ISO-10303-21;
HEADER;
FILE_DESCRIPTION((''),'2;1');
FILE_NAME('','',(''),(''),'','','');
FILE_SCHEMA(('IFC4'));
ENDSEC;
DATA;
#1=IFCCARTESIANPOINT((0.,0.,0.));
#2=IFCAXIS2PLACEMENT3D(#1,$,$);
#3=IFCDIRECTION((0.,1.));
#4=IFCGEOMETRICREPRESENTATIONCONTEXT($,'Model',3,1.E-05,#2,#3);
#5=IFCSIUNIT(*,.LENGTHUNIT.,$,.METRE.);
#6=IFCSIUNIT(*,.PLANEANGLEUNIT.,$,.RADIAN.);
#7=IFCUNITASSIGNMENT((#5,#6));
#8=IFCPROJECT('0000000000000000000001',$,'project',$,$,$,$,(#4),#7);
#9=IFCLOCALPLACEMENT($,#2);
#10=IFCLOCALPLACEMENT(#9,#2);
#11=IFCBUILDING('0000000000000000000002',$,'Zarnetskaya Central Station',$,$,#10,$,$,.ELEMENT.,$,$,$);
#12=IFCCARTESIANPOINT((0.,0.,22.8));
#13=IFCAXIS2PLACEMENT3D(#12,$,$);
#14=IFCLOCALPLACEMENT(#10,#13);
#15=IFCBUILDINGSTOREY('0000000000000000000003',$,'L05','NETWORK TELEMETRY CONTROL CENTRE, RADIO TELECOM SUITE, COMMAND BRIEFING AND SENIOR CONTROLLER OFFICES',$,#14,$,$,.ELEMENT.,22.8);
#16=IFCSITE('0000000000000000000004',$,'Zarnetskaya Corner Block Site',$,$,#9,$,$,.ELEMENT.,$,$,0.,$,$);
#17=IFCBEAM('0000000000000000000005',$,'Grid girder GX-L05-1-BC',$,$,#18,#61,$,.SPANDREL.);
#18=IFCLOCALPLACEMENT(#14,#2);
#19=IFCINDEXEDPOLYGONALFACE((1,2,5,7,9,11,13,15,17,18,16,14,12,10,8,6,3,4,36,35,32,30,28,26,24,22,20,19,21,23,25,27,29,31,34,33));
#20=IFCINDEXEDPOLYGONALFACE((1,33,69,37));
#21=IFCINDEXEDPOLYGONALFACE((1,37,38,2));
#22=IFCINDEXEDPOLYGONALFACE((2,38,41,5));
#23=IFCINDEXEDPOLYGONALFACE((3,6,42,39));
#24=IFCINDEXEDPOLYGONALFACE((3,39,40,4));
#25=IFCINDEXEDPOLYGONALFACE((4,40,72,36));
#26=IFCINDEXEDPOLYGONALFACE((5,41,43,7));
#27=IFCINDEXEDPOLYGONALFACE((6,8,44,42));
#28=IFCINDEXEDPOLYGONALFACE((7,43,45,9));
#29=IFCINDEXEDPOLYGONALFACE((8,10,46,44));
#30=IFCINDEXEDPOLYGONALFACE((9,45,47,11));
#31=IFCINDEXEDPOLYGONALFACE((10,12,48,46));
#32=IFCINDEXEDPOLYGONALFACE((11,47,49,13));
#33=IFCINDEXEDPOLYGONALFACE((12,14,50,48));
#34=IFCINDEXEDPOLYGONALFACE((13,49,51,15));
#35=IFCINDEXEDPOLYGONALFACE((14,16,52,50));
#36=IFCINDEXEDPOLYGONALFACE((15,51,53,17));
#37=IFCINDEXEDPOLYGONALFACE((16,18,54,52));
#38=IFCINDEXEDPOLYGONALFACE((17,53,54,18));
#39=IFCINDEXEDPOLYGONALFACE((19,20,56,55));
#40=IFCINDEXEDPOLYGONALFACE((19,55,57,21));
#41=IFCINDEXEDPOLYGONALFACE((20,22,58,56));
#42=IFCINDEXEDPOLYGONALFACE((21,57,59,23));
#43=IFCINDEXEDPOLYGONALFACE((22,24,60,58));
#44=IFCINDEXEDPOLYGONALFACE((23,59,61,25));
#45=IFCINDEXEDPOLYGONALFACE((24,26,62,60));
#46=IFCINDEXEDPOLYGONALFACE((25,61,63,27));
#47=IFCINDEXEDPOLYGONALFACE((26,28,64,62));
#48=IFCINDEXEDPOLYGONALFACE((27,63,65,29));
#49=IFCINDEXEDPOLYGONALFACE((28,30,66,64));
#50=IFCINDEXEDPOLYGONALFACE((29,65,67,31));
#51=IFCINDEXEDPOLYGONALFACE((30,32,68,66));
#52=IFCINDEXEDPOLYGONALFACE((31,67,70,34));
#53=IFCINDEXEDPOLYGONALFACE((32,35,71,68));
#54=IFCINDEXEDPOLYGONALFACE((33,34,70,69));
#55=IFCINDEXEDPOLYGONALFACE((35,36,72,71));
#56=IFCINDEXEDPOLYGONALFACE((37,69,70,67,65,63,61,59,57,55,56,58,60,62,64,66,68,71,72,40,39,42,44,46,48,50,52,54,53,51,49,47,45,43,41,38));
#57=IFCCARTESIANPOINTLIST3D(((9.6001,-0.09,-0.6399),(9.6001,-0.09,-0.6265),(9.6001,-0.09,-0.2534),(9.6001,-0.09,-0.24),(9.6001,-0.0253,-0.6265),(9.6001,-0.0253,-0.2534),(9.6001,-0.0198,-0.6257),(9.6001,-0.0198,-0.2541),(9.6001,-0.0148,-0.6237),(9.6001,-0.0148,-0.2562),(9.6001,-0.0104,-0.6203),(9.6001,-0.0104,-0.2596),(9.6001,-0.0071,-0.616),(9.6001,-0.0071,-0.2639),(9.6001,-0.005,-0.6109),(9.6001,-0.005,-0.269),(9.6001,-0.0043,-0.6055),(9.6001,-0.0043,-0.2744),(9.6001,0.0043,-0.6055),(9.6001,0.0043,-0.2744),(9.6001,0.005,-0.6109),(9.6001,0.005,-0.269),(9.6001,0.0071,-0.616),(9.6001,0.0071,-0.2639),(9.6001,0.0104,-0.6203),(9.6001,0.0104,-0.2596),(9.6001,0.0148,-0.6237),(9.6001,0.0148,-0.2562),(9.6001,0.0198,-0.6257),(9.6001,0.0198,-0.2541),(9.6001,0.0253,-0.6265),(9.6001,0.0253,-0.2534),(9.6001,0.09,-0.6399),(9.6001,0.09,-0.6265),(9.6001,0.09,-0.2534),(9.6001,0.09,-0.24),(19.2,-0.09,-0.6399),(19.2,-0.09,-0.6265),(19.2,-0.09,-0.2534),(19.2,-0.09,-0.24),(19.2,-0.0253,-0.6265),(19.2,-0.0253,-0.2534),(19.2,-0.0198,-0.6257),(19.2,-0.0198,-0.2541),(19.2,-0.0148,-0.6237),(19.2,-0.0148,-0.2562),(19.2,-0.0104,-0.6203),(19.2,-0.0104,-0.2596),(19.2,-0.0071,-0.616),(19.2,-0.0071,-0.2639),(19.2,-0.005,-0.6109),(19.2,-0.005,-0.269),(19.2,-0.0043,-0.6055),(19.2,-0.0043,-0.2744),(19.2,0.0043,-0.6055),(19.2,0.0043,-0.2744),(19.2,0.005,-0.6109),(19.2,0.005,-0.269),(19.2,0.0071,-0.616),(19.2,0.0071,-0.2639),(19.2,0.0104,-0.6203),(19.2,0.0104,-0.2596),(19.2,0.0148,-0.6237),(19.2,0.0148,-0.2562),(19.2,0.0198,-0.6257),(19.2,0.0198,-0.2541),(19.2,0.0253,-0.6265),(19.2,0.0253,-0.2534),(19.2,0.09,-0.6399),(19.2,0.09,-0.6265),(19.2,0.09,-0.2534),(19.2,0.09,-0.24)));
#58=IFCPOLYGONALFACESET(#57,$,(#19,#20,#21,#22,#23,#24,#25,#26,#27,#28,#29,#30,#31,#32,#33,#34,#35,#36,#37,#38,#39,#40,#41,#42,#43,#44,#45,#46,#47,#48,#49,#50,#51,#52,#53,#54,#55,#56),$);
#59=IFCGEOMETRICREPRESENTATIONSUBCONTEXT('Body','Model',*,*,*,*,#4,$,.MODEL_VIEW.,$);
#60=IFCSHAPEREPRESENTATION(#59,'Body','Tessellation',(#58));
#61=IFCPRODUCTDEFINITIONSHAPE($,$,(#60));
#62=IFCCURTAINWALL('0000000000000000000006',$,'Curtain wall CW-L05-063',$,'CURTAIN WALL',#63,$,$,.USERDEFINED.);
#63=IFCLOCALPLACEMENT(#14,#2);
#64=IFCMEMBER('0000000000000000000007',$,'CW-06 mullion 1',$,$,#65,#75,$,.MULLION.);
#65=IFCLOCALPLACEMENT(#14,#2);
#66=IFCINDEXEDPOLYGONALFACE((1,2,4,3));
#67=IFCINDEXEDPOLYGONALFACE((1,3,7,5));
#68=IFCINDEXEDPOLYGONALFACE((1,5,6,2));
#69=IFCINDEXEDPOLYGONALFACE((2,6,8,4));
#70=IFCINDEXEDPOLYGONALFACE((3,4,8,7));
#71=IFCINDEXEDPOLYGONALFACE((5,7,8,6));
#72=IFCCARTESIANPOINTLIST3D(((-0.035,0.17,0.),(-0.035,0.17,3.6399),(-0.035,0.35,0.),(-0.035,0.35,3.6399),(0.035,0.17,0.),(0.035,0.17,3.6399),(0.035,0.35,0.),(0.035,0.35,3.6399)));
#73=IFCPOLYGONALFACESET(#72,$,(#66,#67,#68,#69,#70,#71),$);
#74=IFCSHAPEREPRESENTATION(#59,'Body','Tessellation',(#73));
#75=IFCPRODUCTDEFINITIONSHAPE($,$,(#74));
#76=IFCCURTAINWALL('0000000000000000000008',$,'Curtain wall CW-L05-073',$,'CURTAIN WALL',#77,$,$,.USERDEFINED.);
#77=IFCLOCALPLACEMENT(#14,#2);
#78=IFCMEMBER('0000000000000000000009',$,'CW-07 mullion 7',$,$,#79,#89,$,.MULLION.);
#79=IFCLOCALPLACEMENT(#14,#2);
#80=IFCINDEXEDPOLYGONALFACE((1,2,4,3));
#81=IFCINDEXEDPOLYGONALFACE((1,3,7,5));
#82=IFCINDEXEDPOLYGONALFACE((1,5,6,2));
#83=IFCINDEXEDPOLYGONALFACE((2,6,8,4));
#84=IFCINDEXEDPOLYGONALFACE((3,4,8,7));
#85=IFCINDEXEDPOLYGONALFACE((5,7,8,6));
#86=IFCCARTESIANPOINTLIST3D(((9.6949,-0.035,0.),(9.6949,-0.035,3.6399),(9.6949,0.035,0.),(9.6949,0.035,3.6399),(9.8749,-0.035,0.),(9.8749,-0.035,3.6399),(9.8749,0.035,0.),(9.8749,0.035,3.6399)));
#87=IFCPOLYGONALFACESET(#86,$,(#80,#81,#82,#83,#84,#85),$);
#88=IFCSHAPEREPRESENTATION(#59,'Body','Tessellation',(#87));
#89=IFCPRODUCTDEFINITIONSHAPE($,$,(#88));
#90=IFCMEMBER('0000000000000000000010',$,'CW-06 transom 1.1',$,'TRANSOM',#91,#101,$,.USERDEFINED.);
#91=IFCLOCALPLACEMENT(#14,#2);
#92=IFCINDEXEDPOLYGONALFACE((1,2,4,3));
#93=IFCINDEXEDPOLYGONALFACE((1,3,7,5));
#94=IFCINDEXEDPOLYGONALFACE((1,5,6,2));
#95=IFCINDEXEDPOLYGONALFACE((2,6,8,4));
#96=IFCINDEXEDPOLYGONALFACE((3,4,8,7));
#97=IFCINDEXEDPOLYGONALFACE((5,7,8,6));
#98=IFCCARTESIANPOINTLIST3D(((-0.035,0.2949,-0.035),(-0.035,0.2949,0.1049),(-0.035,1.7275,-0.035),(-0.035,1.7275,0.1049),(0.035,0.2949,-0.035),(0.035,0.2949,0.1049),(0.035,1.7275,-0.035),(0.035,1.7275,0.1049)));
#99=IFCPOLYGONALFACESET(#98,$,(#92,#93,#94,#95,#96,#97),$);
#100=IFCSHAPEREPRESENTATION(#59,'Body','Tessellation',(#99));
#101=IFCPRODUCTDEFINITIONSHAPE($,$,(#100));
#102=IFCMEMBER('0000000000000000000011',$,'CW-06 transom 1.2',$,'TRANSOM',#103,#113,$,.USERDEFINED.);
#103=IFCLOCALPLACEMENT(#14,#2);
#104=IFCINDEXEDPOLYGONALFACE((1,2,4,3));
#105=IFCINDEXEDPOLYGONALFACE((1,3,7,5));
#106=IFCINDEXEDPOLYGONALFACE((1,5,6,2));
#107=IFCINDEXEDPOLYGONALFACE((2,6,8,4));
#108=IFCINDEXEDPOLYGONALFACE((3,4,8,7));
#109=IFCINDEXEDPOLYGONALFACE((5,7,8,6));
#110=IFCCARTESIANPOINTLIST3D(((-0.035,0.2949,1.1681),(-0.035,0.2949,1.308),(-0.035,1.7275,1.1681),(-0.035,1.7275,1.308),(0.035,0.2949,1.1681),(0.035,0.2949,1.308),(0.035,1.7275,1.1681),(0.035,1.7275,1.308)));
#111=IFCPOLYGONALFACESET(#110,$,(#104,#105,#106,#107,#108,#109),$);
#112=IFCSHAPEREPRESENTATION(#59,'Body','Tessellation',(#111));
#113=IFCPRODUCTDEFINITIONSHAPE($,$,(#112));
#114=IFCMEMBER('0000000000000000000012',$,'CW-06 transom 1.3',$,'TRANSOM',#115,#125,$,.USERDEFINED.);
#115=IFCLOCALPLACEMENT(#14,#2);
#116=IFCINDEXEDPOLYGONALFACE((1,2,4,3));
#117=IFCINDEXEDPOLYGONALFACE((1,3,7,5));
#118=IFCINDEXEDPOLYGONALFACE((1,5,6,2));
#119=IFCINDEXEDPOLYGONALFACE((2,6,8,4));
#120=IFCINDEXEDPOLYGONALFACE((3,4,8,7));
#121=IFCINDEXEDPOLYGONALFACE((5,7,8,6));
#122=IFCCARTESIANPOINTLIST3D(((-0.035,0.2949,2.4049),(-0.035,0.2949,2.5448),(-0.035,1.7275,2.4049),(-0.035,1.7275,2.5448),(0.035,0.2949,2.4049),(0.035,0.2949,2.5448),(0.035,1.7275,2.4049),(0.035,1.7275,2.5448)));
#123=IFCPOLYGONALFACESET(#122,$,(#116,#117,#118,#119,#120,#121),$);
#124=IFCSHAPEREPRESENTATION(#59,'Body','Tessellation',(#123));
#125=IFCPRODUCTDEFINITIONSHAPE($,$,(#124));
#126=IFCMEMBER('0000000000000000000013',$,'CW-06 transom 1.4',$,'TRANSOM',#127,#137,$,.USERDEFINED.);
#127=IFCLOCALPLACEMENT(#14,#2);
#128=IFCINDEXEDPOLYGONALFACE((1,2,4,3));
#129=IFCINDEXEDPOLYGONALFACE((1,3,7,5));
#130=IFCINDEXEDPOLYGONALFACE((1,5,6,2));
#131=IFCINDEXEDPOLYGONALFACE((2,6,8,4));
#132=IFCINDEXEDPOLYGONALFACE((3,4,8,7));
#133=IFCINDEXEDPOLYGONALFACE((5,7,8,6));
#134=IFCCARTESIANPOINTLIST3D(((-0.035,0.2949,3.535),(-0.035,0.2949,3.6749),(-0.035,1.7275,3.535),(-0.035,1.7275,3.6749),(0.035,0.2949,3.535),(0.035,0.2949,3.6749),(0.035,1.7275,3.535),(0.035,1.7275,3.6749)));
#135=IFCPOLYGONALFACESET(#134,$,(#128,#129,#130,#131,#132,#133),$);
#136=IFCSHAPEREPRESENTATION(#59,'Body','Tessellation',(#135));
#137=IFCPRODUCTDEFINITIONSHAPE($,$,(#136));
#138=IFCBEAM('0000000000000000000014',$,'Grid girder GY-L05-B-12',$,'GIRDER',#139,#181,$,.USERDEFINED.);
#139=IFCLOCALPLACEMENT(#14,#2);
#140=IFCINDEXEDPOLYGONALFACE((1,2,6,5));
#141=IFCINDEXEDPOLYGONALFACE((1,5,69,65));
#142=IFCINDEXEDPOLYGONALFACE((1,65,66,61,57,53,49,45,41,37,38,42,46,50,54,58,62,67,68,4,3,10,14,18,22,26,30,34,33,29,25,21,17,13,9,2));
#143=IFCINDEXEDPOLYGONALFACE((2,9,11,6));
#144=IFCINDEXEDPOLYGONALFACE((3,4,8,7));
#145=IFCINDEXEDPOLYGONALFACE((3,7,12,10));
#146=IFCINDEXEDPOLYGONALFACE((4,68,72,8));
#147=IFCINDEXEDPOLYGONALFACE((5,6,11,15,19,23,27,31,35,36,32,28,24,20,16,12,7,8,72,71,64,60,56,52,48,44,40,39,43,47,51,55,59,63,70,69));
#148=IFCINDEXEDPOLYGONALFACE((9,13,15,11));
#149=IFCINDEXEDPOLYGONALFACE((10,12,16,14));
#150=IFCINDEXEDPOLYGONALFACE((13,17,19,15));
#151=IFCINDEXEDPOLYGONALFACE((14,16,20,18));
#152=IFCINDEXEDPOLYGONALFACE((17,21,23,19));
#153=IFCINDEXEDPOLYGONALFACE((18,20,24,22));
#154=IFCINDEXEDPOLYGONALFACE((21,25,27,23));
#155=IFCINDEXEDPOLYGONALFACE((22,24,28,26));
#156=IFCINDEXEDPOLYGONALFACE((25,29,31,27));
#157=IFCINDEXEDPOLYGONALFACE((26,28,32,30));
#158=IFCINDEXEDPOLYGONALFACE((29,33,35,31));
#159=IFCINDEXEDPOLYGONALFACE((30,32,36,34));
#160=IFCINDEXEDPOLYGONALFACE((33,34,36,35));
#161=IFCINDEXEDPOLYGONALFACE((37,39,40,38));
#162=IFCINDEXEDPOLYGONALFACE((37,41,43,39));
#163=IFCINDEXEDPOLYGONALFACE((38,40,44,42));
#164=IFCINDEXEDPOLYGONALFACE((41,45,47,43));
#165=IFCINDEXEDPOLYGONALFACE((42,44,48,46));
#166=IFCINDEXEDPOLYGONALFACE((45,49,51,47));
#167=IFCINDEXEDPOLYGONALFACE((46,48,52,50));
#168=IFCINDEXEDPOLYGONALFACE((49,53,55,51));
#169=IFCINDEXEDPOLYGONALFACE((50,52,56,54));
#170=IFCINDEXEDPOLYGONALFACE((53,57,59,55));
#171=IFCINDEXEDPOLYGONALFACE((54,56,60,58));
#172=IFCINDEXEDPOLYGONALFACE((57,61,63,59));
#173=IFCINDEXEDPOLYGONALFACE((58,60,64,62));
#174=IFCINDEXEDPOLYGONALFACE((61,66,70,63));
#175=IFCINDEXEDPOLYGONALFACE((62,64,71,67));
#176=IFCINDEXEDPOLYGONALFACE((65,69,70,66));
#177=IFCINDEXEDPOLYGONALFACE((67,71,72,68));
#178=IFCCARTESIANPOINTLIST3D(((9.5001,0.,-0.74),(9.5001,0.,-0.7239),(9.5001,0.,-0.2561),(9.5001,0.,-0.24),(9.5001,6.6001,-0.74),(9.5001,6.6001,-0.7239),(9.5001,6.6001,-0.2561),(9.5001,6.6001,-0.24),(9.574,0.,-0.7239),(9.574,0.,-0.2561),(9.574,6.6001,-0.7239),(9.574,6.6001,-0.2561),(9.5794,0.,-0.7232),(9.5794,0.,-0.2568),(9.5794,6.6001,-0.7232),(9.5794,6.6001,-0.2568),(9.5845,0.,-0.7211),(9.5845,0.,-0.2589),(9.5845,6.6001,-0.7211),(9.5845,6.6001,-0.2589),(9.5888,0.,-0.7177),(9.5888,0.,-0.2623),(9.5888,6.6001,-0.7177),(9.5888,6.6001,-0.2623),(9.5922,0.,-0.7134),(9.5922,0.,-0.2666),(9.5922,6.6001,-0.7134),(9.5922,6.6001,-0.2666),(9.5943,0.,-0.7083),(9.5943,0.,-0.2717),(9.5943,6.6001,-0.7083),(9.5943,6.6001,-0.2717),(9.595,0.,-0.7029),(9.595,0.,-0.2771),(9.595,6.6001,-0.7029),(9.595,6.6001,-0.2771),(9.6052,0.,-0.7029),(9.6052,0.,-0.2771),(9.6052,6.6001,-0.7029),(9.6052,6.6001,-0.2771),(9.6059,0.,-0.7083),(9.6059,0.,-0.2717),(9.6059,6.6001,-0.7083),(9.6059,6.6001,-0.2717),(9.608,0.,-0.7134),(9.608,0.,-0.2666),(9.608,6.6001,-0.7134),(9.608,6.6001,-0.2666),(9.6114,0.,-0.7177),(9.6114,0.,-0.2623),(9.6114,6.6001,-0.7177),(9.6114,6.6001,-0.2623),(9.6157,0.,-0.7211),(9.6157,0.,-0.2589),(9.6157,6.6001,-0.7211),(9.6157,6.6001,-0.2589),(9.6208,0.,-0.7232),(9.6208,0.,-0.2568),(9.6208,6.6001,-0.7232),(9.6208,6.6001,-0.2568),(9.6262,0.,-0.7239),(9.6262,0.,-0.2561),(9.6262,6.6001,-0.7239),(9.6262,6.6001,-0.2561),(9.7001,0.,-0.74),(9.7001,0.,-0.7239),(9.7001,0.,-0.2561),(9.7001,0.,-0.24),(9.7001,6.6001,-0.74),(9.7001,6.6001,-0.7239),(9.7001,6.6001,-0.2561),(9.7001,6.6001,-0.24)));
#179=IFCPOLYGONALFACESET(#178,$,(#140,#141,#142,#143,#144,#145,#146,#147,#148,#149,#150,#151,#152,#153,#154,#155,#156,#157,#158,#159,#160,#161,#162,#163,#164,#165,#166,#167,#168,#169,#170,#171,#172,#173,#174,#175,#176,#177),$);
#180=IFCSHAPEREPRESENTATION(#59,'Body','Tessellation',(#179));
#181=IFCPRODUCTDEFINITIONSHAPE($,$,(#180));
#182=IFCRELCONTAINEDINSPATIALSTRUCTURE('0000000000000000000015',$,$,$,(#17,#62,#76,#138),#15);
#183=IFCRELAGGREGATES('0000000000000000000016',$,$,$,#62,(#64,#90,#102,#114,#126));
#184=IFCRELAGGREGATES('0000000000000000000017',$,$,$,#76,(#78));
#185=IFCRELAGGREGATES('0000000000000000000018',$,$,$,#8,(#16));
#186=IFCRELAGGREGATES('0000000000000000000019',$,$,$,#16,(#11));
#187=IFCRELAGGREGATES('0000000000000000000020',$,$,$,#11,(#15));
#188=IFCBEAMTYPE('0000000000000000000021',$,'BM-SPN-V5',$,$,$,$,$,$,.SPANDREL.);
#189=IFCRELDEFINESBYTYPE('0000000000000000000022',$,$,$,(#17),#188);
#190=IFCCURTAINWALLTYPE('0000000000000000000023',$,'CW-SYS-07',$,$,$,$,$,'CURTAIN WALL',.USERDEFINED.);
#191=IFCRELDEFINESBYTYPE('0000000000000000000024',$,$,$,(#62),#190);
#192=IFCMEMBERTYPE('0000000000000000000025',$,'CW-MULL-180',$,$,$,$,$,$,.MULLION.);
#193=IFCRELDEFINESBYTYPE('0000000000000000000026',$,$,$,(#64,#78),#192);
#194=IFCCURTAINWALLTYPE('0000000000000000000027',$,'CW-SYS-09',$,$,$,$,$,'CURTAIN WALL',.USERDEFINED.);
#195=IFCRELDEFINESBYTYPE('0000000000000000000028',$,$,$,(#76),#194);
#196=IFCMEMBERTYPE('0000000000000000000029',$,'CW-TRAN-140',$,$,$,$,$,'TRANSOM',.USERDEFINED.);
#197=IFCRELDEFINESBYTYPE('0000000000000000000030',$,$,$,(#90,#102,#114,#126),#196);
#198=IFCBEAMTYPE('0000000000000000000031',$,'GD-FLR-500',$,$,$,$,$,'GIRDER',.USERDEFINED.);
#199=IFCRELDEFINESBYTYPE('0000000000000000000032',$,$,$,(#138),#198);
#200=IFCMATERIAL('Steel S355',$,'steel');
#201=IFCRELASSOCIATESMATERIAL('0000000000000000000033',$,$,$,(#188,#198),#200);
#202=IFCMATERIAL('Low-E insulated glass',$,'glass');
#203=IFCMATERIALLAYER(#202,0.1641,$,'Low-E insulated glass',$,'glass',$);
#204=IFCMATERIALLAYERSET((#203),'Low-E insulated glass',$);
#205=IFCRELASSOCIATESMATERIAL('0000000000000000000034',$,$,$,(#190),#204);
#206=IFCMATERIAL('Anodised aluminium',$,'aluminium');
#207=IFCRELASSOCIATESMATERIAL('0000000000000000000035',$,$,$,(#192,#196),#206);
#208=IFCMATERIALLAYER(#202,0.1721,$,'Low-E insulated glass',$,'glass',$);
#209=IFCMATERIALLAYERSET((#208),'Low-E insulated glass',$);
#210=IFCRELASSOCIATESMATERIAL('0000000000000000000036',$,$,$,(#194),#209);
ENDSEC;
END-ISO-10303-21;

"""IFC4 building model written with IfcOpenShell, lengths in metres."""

from ifc_helpers import new_model, si_unit, direction, frame, origin, origin_2d, place, context, subcontext, project, spatial, rectangle, i_section, extrude, material, layer, layer_set, material_profile, profile_set, type_object, element, aggregate, save


model = new_model("IFC4")

# Units and contexts
model_context = context("Model", 3, precision=1e-05, world=origin(), true_north=direction((0.0, 1.0)))
body_context = subcontext(model_context, "Body", "Model", "MODEL_VIEW")
ifc_project = project(units=[si_unit("LENGTHUNIT", "METRE"), si_unit("PLANEANGLEUNIT", "RADIAN")], contexts=[model_context])

# Site, building, storey
site_placement = place(None, origin())
site = spatial("IfcSite", under=ifc_project, at=site_placement, Name="Zarnetskaya Corner Block Site", CompositionType="ELEMENT", RefElevation=0.0)
building_placement = place(site_placement, origin())
building = spatial("IfcBuilding", under=site, at=building_placement, Name="Zarnetskaya Central Station", CompositionType="ELEMENT")
storey_placement = place(building_placement, frame((0.0, 0.0, 22.8)))
storey = spatial("IfcBuildingStorey", under=building, at=storey_placement, Name="L05", Description="NETWORK TELEMETRY CONTROL CENTRE, RADIO TELECOM SUITE, COMMAND BRIEFING AND SENIOR CONTROLLER OFFICES", CompositionType="ELEMENT", Elevation=22.8)

# Shared definitions
ifc_material_1 = material(Name="Steel S355", Category="steel")

# Beam
ifc_material_profile_1 = material_profile(ifc_material_1, i_section(OverallWidth=0.1799, OverallDepth=0.3999, WebThickness=0.0085, FlangeThickness=0.0134, FilletRadius=0.021, at=origin_2d()), Name="IPE 400")
ifc_profile_set_1 = profile_set([ifc_material_profile_1], Name="Steel S355")
beam_type_1 = type_object("IfcBeamType", Name="BM-SPN-V5", PredefinedType="SPANDREL", material=ifc_profile_set_1)
beam_1_placement = place(storey_placement, frame((9.6001, 0.0, -0.4399), z_axis=(1.0, 0.0, 0.0), x_axis=(0.0, 1.0, 0.0)))
element("IfcBeam", 1, at=beam_1_placement, inside=storey, type_object=beam_type_1, Name="Grid girder GX-L05-1-BC", PredefinedType="SPANDREL", context=body_context, shape_type="SweptSolid", body=[
    extrude(i_section(OverallWidth=0.1799, OverallDepth=0.3999, WebThickness=0.0085, FlangeThickness=0.0134, FilletRadius=0.021, at=origin_2d()), origin(), (0.0, 0.0, 1.0), 9.5999),
])

# Curtain walls, members
ifc_material_2 = material(Name="Low-E insulated glass", Category="glass")
ifc_layer_1 = layer(ifc_material_2, 0.1641, Name="Low-E insulated glass", Category="glass")
ifc_layer_set_1 = layer_set([ifc_layer_1], Name="Low-E insulated glass")
curtain_wall_type_1 = type_object("IfcCurtainWallType", Name="CW-SYS-07", ElementType="CURTAIN WALL", PredefinedType="USERDEFINED", material=ifc_layer_set_1)
curtain_wall_1_placement = place(storey_placement, origin())
curtain_wall_1 = element("IfcCurtainWall", 2, at=curtain_wall_1_placement, inside=storey, type_object=curtain_wall_type_1, Name="Curtain wall CW-L05-063", ObjectType="CURTAIN WALL", PredefinedType="USERDEFINED")
ifc_material_3 = material(Name="Anodised aluminium", Category="aluminium")
ifc_material_profile_2 = material_profile(ifc_material_3, rectangle(XDim=0.0701, YDim=0.1799, at=origin_2d()), Name="ALU MULL 70x180")
ifc_profile_set_2 = profile_set([ifc_material_profile_2], Name="Anodised aluminium")
member_type_1 = type_object("IfcMemberType", Name="CW-MULL-180", PredefinedType="MULLION", material=ifc_profile_set_2)
member_1_placement = place(storey_placement, frame((0.0, 0.26, 0.0), z_axis=(0.0, 0.0, 1.0), x_axis=(-1.0, 0.0, 0.0)))
member_1 = element("IfcMember", 3, at=member_1_placement, type_object=member_type_1, Name="CW-06 mullion 1", PredefinedType="MULLION", context=body_context, shape_type="SweptSolid", body=[
    extrude(rectangle(XDim=0.0701, YDim=0.1799, at=origin_2d()), origin(), (0.0, 0.0, 1.0), 3.6399),
])
ifc_layer_2 = layer(ifc_material_2, 0.1721, Name="Low-E insulated glass", Category="glass")
ifc_layer_set_2 = layer_set([ifc_layer_2], Name="Low-E insulated glass")
curtain_wall_type_2 = type_object("IfcCurtainWallType", Name="CW-SYS-09", ElementType="CURTAIN WALL", PredefinedType="USERDEFINED", material=ifc_layer_set_2)
curtain_wall_2_placement = place(storey_placement, origin())
curtain_wall_2 = element("IfcCurtainWall", 4, at=curtain_wall_2_placement, inside=storey, type_object=curtain_wall_type_2, Name="Curtain wall CW-L05-073", ObjectType="CURTAIN WALL", PredefinedType="USERDEFINED")
member_2_placement = place(storey_placement, frame((9.7849, 0.0, 0.0), z_axis=(0.0, 0.0, 1.0), x_axis=(0.0, -1.0, 0.0)))
member_2 = element("IfcMember", 5, at=member_2_placement, type_object=member_type_1, Name="CW-07 mullion 7", PredefinedType="MULLION", context=body_context, shape_type="SweptSolid", body=[
    extrude(rectangle(XDim=0.0701, YDim=0.1799, at=origin_2d()), origin(), (0.0, 0.0, 1.0), 3.6399),
])

# Members
ifc_material_profile_3 = material_profile(ifc_material_3, rectangle(XDim=0.0701, YDim=0.1399, at=origin_2d()), Name="ALU TRAN 70x140")
ifc_profile_set_3 = profile_set([ifc_material_profile_3], Name="Anodised aluminium")
member_type_2 = type_object("IfcMemberType", Name="CW-TRAN-140", ElementType="TRANSOM", PredefinedType="USERDEFINED", material=ifc_profile_set_3)
member_3_placement = place(storey_placement, frame((0.0, 0.2949, 0.0349), z_axis=(0.0, 1.0, 0.0), x_axis=(-1.0, 0.0, 0.0)))
member_3 = element("IfcMember", 6, at=member_3_placement, type_object=member_type_2, Name="CW-06 transom 1.1", ObjectType="TRANSOM", PredefinedType="USERDEFINED", context=body_context, shape_type="SweptSolid", body=[
    extrude(rectangle(XDim=0.0701, YDim=0.1399, at=origin_2d()), origin(), (0.0, 0.0, 1.0), 1.4326),
])
member_4_placement = place(storey_placement, frame((0.0, 0.2949, 1.238), z_axis=(0.0, 1.0, 0.0), x_axis=(-1.0, 0.0, 0.0)))
member_4 = element("IfcMember", 7, at=member_4_placement, type_object=member_type_2, Name="CW-06 transom 1.2", ObjectType="TRANSOM", PredefinedType="USERDEFINED", context=body_context, shape_type="SweptSolid", body=[
    extrude(rectangle(XDim=0.0701, YDim=0.1399, at=origin_2d()), origin(), (0.0, 0.0, 1.0), 1.4326),
])
member_5_placement = place(storey_placement, frame((0.0, 0.2949, 2.4749), z_axis=(0.0, 1.0, 0.0), x_axis=(-1.0, 0.0, 0.0)))
member_5 = element("IfcMember", 8, at=member_5_placement, type_object=member_type_2, Name="CW-06 transom 1.3", ObjectType="TRANSOM", PredefinedType="USERDEFINED", context=body_context, shape_type="SweptSolid", body=[
    extrude(rectangle(XDim=0.0701, YDim=0.1399, at=origin_2d()), origin(), (0.0, 0.0, 1.0), 1.4326),
])
member_6_placement = place(storey_placement, frame((0.0, 0.2949, 3.605), z_axis=(0.0, 1.0, 0.0), x_axis=(-1.0, 0.0, 0.0)))
member_6 = element("IfcMember", 9, at=member_6_placement, type_object=member_type_2, Name="CW-06 transom 1.4", ObjectType="TRANSOM", PredefinedType="USERDEFINED", context=body_context, shape_type="SweptSolid", body=[
    extrude(rectangle(XDim=0.0701, YDim=0.1399, at=origin_2d()), origin(), (0.0, 0.0, 1.0), 1.4326),
])
aggregate(curtain_wall_1, [member_1, member_3, member_4, member_5, member_6])

# Beam
ifc_material_profile_4 = material_profile(ifc_material_1, i_section(OverallWidth=0.2, OverallDepth=0.5, WebThickness=0.0103, FlangeThickness=0.0161, FilletRadius=0.021, at=origin_2d()), Name="IPE 500")
ifc_profile_set_4 = profile_set([ifc_material_profile_4], Name="Steel S355")
beam_type_2 = type_object("IfcBeamType", Name="GD-FLR-500", ElementType="GIRDER", PredefinedType="USERDEFINED", material=ifc_profile_set_4)
beam_2_placement = place(storey_placement, frame((9.6001, 0.0, -0.49), z_axis=(0.0, 1.0, 0.0), x_axis=(-1.0, 0.0, 0.0)))
element("IfcBeam", 10, at=beam_2_placement, inside=storey, type_object=beam_type_2, Name="Grid girder GY-L05-B-12", ObjectType="GIRDER", PredefinedType="USERDEFINED", context=body_context, shape_type="SweptSolid", body=[
    extrude(i_section(OverallWidth=0.2, OverallDepth=0.5, WebThickness=0.0103, FlangeThickness=0.0161, FilletRadius=0.021, at=origin_2d()), origin(), (0.0, 0.0, 1.0), 6.6001),
])

aggregate(curtain_wall_2, [member_2])

save(model, "model.ifc")
